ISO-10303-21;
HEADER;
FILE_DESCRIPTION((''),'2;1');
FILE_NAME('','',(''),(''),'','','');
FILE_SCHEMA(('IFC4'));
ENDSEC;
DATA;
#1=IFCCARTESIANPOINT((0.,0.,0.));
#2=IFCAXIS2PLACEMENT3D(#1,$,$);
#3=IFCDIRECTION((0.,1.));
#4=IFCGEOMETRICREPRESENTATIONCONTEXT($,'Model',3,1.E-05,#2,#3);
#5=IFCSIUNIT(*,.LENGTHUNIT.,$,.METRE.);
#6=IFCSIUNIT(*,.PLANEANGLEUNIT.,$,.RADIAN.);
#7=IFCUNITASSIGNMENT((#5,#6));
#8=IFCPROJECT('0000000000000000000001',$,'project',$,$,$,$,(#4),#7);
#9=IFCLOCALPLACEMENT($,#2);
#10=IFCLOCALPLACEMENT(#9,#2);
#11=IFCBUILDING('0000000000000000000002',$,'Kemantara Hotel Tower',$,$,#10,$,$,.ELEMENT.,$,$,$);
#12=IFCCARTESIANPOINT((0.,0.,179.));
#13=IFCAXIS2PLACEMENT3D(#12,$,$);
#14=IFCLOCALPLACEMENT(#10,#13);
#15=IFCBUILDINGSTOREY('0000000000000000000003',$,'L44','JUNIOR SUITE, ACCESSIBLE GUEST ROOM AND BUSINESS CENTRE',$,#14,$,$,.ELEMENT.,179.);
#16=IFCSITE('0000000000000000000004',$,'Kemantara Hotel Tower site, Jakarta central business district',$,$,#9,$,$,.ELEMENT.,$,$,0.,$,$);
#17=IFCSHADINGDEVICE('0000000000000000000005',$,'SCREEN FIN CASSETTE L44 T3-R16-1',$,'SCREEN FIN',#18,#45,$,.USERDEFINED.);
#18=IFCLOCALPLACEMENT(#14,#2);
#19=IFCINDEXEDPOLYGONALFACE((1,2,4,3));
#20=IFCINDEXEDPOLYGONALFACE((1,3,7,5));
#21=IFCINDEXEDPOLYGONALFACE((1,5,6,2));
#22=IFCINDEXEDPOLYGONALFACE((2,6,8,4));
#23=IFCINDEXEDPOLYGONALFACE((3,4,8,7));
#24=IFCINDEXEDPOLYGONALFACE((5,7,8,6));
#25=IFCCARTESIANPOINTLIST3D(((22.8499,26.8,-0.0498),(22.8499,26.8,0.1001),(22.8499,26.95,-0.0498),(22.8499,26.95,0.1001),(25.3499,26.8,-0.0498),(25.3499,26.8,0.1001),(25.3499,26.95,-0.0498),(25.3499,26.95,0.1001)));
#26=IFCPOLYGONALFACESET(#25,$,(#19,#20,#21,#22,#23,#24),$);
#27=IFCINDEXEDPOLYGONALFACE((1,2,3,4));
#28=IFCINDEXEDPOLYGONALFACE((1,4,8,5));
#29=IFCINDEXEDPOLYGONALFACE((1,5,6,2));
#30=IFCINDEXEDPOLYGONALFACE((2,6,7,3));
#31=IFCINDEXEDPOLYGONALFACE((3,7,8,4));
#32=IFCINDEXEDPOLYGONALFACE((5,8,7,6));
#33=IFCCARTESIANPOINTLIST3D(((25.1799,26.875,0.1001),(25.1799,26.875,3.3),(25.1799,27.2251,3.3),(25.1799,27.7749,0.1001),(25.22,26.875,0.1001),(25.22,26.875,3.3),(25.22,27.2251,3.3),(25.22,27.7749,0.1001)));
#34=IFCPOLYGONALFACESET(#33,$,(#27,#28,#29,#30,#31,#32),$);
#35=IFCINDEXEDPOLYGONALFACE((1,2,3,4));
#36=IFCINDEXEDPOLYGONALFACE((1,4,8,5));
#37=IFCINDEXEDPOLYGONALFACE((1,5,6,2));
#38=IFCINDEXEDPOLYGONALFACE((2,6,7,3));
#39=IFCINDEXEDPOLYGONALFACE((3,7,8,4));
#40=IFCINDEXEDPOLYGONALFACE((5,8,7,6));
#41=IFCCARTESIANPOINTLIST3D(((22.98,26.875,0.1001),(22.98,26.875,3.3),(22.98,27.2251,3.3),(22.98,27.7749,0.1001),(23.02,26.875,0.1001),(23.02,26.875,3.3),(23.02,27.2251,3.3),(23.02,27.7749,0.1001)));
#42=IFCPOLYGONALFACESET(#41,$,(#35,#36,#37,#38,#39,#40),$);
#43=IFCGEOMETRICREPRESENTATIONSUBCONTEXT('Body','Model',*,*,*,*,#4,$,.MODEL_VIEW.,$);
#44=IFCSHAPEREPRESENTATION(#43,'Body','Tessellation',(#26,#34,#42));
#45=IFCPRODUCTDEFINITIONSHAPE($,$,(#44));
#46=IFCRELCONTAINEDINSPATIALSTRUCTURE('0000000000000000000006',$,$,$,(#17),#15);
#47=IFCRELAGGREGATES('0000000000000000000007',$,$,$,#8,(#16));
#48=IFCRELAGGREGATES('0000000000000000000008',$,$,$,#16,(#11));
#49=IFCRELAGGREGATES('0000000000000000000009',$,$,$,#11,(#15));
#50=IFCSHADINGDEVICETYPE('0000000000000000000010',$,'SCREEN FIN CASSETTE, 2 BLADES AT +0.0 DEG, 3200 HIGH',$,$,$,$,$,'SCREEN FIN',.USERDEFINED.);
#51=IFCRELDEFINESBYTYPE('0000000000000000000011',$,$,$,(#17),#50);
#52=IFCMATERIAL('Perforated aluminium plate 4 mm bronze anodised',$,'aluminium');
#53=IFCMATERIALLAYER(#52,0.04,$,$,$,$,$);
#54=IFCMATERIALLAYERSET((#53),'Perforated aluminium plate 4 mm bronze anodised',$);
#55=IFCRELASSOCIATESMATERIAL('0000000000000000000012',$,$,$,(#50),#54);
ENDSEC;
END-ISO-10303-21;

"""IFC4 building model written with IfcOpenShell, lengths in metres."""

from ifc_helpers import new_model, si_unit, direction, frame, origin, origin_2d, place, context, subcontext, project, spatial, polyline, rectangle, outline, extrude, source, transform, mapped, material, layer, layer_set, type_object, element, save


model = new_model("IFC4")

# Units and contexts
model_context = context("Model", 3, precision=1e-05, world=origin(), true_north=direction((0.0, 1.0)))
body_context = subcontext(model_context, "Body", "Model", "MODEL_VIEW")
ifc_project = project(units=[si_unit("LENGTHUNIT", "METRE"), si_unit("PLANEANGLEUNIT", "RADIAN")], contexts=[model_context])

# Site, building, storey
site_placement = place(None, origin())
site = spatial("IfcSite", under=ifc_project, at=site_placement, Name="Kemantara Hotel Tower site, Jakarta central business district", CompositionType="ELEMENT", RefElevation=0.0)
building_placement = place(site_placement, origin())
building = spatial("IfcBuilding", under=site, at=building_placement, Name="Kemantara Hotel Tower", CompositionType="ELEMENT")
storey_placement = place(building_placement, frame((0.0, 0.0, 179.0)))
storey = spatial("IfcBuildingStorey", under=building, at=storey_placement, Name="L44", Description="JUNIOR SUITE, ACCESSIBLE GUEST ROOM AND BUSINESS CENTRE", CompositionType="ELEMENT", Elevation=179.0)

# Shading device
ifc_material_1 = material(Name="Perforated aluminium plate 4 mm bronze anodised", Category="aluminium")
ifc_layer_1 = layer(ifc_material_1, 0.04)
ifc_layer_set_1 = layer_set([ifc_layer_1], Name="Perforated aluminium plate 4 mm bronze anodised")
shading_device_type_1 = type_object("IfcShadingDeviceType", Name="SCREEN FIN CASSETTE, 2 BLADES AT +0.0 DEG, 3200 HIGH", ElementType="SCREEN FIN", PredefinedType="USERDEFINED", material=ifc_layer_set_1)
shared_shape_1 = source(origin(), body_context, "Body", "SweptSolid", [
    extrude(rectangle(XDim=2.5, YDim=0.1499, at=origin_2d()), frame((1.1001, -0.075, -0.1499), z_axis=(0.0, 0.0, 1.0), x_axis=(1.0, 0.0, 0.0)), (0.0, 0.0, 1.0), 0.1499),
    extrude(outline(polyline([(0.0, 0.0), (0.8999, 0.0), (0.3501, 3.2), (0.0, 3.2), (0.0, 0.0)])), frame((0.02, -0.075, 0.0), z_axis=(-1.0, 0.0, 0.0), x_axis=(0.0, -1.0, 0.0)), (0.0, 0.0, 1.0), 0.04),
    extrude(outline(polyline([(0.0, 0.0), (0.8999, 0.0), (0.3501, 3.2), (0.0, 3.2), (0.0, 0.0)])), frame((2.22, -0.075, 0.0), z_axis=(-1.0, 0.0, 0.0), x_axis=(0.0, -1.0, 0.0)), (0.0, 0.0, 1.0), 0.04),
])
for number, where, z_axis, x_axis, name in (
    (1, (25.2, 26.8, 0.1001), (0.0, 0.0, 1.0), (-1.0, 0.0, 0.0), "SCREEN FIN CASSETTE L44 T3-R16-1"),
):
    element("IfcShadingDevice", number, at=place(storey_placement, frame(where, z_axis=z_axis, x_axis=x_axis)), inside=storey, type_object=shading_device_type_1, Name=name, ObjectType="SCREEN FIN", PredefinedType="USERDEFINED", context=body_context, shape_type="MappedRepresentation", body=[
        mapped(shared_shape_1, transform((0.0, 0.0, 0.0))),
    ])

save(model, "model.ifc")
